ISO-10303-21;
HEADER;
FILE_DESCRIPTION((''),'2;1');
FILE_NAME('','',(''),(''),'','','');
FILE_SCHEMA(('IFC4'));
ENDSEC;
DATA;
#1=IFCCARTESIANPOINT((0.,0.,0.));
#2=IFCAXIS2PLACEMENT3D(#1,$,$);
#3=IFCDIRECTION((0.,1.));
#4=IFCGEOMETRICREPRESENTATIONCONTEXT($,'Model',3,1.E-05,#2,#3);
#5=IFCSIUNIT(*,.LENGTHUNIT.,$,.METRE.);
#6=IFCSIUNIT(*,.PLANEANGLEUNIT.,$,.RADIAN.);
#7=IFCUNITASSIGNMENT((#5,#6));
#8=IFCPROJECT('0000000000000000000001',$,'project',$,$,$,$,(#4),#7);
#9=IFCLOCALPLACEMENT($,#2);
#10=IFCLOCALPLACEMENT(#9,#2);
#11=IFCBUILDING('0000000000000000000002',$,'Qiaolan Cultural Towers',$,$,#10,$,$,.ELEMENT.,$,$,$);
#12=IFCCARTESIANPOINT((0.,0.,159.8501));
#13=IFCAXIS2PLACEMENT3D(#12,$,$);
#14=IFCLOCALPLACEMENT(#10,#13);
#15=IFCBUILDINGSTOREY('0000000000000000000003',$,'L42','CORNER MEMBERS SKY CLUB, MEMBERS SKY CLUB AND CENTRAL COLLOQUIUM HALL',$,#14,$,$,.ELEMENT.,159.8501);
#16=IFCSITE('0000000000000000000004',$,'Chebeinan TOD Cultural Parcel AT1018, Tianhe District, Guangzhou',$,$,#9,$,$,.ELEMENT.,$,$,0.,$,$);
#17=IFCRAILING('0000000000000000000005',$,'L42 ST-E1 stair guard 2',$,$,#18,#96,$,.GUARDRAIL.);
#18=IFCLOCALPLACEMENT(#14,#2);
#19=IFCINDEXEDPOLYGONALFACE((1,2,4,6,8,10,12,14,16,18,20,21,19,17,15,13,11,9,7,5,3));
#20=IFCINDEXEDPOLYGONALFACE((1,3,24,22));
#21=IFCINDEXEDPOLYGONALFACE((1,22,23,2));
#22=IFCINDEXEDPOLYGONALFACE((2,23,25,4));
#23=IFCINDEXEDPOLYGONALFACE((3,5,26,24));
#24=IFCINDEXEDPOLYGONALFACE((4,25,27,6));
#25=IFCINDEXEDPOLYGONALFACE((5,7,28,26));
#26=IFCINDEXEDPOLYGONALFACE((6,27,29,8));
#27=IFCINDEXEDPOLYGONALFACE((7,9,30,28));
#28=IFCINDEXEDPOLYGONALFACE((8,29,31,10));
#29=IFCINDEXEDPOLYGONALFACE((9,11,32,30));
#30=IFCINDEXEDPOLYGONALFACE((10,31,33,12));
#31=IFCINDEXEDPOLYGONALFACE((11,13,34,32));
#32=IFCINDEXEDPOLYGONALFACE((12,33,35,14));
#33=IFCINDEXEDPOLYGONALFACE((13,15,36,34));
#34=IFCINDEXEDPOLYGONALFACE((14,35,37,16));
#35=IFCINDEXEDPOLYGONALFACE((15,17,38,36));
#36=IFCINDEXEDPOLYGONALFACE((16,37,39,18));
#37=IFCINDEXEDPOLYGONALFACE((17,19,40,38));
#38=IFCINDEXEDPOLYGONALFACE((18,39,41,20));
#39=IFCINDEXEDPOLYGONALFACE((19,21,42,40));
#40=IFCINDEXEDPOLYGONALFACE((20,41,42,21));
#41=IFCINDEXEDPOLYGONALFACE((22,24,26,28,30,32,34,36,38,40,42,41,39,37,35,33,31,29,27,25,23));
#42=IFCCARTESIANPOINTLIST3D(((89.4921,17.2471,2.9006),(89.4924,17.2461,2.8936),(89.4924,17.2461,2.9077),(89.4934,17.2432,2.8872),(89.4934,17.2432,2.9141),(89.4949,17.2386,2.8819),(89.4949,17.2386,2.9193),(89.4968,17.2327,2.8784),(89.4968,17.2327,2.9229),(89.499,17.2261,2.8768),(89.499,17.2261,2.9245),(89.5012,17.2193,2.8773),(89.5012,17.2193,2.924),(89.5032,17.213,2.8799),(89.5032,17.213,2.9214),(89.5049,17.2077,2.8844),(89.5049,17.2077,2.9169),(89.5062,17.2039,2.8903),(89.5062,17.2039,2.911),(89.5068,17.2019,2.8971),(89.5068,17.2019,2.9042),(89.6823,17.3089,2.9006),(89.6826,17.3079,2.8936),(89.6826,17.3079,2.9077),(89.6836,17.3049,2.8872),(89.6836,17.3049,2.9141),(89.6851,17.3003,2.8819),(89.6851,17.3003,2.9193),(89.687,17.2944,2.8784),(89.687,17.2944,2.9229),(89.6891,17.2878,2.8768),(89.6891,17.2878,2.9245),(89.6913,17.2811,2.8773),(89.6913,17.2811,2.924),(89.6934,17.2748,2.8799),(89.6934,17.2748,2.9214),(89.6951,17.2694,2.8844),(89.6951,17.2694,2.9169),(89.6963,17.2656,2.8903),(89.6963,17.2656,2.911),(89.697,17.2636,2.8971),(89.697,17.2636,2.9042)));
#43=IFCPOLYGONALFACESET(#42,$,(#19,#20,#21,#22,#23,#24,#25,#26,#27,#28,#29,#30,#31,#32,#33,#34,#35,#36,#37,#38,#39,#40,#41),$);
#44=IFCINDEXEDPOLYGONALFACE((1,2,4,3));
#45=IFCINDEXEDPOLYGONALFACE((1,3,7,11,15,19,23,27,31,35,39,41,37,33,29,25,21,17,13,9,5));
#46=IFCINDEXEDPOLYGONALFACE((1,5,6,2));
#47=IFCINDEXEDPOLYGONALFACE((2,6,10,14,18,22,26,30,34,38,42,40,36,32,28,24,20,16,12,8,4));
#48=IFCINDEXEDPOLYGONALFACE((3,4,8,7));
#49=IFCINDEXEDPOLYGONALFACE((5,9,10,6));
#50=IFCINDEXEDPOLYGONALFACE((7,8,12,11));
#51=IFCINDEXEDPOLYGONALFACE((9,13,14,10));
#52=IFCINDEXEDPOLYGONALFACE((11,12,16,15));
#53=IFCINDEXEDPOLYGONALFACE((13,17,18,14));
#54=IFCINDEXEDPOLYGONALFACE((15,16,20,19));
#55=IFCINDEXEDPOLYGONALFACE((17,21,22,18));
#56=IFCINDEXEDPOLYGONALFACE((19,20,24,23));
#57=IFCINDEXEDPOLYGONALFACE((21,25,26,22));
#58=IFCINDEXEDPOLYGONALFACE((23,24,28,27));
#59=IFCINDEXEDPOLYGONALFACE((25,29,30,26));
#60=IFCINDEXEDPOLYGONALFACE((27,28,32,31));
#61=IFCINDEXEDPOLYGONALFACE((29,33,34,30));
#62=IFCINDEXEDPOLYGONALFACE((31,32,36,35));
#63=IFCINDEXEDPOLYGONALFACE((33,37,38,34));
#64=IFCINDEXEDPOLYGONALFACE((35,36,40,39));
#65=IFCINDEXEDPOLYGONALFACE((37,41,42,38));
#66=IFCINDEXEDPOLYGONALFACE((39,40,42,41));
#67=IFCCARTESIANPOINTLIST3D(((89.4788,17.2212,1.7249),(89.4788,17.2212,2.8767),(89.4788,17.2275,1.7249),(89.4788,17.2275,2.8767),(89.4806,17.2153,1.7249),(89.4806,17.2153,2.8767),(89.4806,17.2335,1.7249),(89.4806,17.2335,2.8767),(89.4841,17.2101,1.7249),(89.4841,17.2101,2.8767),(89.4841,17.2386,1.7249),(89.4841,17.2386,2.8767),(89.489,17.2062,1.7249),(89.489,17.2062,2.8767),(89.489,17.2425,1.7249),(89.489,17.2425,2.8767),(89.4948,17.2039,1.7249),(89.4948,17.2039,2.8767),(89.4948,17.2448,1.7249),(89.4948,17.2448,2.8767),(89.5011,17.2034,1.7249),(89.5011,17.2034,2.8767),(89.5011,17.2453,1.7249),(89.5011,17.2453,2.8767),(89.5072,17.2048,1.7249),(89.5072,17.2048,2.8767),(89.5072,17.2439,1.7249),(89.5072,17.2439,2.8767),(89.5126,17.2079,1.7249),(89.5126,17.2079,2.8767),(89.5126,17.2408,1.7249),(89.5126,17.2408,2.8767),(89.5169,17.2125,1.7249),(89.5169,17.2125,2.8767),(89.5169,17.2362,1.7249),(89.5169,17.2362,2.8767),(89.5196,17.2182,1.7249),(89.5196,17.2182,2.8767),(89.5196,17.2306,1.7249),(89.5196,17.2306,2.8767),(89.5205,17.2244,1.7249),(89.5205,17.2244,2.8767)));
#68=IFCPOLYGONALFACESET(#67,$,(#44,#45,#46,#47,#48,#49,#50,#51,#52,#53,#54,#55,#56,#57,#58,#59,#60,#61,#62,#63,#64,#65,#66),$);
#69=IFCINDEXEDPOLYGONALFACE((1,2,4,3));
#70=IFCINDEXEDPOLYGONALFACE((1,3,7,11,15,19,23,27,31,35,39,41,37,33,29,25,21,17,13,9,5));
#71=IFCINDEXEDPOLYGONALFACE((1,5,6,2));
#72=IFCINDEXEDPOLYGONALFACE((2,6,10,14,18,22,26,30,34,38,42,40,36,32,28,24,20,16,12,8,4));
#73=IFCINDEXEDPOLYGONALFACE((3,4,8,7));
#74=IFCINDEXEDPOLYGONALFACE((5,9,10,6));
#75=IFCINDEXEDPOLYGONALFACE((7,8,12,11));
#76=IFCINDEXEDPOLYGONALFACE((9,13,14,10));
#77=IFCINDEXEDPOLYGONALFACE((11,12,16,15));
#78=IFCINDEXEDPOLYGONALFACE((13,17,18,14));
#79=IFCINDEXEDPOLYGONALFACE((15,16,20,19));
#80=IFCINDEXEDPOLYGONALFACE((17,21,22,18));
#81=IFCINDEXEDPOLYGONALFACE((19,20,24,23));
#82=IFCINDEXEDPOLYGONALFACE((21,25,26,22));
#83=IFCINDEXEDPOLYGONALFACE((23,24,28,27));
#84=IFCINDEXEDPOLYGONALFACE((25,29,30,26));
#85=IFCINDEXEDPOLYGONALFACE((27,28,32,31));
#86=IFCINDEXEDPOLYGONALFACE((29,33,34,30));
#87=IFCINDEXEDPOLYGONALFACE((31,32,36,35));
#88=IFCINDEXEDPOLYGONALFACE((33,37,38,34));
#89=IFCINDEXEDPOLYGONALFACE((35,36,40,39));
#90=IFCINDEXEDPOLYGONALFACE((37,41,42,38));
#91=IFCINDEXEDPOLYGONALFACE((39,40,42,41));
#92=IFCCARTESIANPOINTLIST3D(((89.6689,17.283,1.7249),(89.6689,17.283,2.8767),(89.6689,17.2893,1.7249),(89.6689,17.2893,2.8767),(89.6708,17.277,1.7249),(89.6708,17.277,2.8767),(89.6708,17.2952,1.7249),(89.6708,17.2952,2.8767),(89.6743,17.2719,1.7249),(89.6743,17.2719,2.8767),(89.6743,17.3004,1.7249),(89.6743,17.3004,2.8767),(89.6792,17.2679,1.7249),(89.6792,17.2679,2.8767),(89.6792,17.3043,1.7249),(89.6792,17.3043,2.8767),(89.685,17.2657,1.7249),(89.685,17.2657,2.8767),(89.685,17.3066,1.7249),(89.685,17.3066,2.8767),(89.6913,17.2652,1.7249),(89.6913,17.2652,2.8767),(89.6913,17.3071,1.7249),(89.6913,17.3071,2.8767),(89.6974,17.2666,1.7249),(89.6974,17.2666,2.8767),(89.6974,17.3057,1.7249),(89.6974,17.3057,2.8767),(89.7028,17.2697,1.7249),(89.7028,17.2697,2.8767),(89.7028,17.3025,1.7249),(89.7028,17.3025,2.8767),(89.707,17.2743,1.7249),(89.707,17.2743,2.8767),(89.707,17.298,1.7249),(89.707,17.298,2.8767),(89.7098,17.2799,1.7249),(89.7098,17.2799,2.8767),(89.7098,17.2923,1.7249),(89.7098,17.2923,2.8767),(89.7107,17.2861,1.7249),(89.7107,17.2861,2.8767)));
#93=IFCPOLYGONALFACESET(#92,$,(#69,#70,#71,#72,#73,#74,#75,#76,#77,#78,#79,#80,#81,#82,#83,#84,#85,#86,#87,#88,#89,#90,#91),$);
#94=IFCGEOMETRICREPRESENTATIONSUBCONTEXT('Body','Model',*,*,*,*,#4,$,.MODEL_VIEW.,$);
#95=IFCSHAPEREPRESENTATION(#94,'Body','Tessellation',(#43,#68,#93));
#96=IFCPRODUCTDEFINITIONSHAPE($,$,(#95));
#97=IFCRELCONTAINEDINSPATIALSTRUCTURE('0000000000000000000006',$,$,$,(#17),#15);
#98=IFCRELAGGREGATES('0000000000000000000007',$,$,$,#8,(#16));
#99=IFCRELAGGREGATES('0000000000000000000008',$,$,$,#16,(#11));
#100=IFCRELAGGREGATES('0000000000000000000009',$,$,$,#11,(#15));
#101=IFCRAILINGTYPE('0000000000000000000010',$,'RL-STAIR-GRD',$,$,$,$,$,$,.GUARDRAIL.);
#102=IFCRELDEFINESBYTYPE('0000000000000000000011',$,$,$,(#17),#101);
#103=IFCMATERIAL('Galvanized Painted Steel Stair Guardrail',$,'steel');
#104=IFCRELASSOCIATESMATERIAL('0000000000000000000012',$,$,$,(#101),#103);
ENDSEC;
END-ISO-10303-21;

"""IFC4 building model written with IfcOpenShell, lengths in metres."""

from ifc_helpers import new_model, si_unit, direction, frame, origin, origin_2d, place, context, subcontext, project, spatial, circle, extrude, material, type_object, element, save


model = new_model("IFC4")

# Units and contexts
model_context = context("Model", 3, precision=1e-05, world=origin(), true_north=direction((0.0, 1.0)))
body_context = subcontext(model_context, "Body", "Model", "MODEL_VIEW")
ifc_project = project(units=[si_unit("LENGTHUNIT", "METRE"), si_unit("PLANEANGLEUNIT", "RADIAN")], contexts=[model_context])

# Site, building, storey
site_placement = place(None, origin())
site = spatial("IfcSite", under=ifc_project, at=site_placement, Name="Chebeinan TOD Cultural Parcel AT1018, Tianhe District, Guangzhou", CompositionType="ELEMENT", RefElevation=0.0)
building_placement = place(site_placement, origin())
building = spatial("IfcBuilding", under=site, at=building_placement, Name="Qiaolan Cultural Towers", CompositionType="ELEMENT")
storey_placement = place(building_placement, frame((0.0, 0.0, 159.8501)))
storey = spatial("IfcBuildingStorey", under=building, at=storey_placement, Name="L42", Description="CORNER MEMBERS SKY CLUB, MEMBERS SKY CLUB AND CENTRAL COLLOQUIUM HALL", CompositionType="ELEMENT", Elevation=159.8501)

# Railing
ifc_material_1 = material(Name="Galvanized Painted Steel Stair Guardrail", Category="steel")
railing_type_1 = type_object("IfcRailingType", Name="RL-STAIR-GRD", PredefinedType="GUARDRAIL", material=ifc_material_1)
railing_1_placement = place(storey_placement, frame((89.4995, 17.2244, 1.7249)))
element("IfcRailing", 1, at=railing_1_placement, inside=storey, type_object=railing_type_1, Name="L42 ST-E1 stair guard 2", PredefinedType="GUARDRAIL", context=body_context, shape_type="SweptSolid", body=[
    extrude(circle(Radius=0.0239, at=origin_2d()), frame((0.0, 0.0, 1.1758), z_axis=(0.951097, 0.308893, 0.0), x_axis=(-0.308893, 0.951097, 0.0)), (0.0, 0.0, 1.0), 0.2),
    extrude(circle(Radius=0.021, at=origin_2d()), origin(), (0.0, 0.0, 1.0), 1.1519),
    extrude(circle(Radius=0.021, at=origin_2d()), frame((0.1902, 0.0618, 0.0)), (0.0, 0.0, 1.0), 1.1519),
])

save(model, "model.ifc")
